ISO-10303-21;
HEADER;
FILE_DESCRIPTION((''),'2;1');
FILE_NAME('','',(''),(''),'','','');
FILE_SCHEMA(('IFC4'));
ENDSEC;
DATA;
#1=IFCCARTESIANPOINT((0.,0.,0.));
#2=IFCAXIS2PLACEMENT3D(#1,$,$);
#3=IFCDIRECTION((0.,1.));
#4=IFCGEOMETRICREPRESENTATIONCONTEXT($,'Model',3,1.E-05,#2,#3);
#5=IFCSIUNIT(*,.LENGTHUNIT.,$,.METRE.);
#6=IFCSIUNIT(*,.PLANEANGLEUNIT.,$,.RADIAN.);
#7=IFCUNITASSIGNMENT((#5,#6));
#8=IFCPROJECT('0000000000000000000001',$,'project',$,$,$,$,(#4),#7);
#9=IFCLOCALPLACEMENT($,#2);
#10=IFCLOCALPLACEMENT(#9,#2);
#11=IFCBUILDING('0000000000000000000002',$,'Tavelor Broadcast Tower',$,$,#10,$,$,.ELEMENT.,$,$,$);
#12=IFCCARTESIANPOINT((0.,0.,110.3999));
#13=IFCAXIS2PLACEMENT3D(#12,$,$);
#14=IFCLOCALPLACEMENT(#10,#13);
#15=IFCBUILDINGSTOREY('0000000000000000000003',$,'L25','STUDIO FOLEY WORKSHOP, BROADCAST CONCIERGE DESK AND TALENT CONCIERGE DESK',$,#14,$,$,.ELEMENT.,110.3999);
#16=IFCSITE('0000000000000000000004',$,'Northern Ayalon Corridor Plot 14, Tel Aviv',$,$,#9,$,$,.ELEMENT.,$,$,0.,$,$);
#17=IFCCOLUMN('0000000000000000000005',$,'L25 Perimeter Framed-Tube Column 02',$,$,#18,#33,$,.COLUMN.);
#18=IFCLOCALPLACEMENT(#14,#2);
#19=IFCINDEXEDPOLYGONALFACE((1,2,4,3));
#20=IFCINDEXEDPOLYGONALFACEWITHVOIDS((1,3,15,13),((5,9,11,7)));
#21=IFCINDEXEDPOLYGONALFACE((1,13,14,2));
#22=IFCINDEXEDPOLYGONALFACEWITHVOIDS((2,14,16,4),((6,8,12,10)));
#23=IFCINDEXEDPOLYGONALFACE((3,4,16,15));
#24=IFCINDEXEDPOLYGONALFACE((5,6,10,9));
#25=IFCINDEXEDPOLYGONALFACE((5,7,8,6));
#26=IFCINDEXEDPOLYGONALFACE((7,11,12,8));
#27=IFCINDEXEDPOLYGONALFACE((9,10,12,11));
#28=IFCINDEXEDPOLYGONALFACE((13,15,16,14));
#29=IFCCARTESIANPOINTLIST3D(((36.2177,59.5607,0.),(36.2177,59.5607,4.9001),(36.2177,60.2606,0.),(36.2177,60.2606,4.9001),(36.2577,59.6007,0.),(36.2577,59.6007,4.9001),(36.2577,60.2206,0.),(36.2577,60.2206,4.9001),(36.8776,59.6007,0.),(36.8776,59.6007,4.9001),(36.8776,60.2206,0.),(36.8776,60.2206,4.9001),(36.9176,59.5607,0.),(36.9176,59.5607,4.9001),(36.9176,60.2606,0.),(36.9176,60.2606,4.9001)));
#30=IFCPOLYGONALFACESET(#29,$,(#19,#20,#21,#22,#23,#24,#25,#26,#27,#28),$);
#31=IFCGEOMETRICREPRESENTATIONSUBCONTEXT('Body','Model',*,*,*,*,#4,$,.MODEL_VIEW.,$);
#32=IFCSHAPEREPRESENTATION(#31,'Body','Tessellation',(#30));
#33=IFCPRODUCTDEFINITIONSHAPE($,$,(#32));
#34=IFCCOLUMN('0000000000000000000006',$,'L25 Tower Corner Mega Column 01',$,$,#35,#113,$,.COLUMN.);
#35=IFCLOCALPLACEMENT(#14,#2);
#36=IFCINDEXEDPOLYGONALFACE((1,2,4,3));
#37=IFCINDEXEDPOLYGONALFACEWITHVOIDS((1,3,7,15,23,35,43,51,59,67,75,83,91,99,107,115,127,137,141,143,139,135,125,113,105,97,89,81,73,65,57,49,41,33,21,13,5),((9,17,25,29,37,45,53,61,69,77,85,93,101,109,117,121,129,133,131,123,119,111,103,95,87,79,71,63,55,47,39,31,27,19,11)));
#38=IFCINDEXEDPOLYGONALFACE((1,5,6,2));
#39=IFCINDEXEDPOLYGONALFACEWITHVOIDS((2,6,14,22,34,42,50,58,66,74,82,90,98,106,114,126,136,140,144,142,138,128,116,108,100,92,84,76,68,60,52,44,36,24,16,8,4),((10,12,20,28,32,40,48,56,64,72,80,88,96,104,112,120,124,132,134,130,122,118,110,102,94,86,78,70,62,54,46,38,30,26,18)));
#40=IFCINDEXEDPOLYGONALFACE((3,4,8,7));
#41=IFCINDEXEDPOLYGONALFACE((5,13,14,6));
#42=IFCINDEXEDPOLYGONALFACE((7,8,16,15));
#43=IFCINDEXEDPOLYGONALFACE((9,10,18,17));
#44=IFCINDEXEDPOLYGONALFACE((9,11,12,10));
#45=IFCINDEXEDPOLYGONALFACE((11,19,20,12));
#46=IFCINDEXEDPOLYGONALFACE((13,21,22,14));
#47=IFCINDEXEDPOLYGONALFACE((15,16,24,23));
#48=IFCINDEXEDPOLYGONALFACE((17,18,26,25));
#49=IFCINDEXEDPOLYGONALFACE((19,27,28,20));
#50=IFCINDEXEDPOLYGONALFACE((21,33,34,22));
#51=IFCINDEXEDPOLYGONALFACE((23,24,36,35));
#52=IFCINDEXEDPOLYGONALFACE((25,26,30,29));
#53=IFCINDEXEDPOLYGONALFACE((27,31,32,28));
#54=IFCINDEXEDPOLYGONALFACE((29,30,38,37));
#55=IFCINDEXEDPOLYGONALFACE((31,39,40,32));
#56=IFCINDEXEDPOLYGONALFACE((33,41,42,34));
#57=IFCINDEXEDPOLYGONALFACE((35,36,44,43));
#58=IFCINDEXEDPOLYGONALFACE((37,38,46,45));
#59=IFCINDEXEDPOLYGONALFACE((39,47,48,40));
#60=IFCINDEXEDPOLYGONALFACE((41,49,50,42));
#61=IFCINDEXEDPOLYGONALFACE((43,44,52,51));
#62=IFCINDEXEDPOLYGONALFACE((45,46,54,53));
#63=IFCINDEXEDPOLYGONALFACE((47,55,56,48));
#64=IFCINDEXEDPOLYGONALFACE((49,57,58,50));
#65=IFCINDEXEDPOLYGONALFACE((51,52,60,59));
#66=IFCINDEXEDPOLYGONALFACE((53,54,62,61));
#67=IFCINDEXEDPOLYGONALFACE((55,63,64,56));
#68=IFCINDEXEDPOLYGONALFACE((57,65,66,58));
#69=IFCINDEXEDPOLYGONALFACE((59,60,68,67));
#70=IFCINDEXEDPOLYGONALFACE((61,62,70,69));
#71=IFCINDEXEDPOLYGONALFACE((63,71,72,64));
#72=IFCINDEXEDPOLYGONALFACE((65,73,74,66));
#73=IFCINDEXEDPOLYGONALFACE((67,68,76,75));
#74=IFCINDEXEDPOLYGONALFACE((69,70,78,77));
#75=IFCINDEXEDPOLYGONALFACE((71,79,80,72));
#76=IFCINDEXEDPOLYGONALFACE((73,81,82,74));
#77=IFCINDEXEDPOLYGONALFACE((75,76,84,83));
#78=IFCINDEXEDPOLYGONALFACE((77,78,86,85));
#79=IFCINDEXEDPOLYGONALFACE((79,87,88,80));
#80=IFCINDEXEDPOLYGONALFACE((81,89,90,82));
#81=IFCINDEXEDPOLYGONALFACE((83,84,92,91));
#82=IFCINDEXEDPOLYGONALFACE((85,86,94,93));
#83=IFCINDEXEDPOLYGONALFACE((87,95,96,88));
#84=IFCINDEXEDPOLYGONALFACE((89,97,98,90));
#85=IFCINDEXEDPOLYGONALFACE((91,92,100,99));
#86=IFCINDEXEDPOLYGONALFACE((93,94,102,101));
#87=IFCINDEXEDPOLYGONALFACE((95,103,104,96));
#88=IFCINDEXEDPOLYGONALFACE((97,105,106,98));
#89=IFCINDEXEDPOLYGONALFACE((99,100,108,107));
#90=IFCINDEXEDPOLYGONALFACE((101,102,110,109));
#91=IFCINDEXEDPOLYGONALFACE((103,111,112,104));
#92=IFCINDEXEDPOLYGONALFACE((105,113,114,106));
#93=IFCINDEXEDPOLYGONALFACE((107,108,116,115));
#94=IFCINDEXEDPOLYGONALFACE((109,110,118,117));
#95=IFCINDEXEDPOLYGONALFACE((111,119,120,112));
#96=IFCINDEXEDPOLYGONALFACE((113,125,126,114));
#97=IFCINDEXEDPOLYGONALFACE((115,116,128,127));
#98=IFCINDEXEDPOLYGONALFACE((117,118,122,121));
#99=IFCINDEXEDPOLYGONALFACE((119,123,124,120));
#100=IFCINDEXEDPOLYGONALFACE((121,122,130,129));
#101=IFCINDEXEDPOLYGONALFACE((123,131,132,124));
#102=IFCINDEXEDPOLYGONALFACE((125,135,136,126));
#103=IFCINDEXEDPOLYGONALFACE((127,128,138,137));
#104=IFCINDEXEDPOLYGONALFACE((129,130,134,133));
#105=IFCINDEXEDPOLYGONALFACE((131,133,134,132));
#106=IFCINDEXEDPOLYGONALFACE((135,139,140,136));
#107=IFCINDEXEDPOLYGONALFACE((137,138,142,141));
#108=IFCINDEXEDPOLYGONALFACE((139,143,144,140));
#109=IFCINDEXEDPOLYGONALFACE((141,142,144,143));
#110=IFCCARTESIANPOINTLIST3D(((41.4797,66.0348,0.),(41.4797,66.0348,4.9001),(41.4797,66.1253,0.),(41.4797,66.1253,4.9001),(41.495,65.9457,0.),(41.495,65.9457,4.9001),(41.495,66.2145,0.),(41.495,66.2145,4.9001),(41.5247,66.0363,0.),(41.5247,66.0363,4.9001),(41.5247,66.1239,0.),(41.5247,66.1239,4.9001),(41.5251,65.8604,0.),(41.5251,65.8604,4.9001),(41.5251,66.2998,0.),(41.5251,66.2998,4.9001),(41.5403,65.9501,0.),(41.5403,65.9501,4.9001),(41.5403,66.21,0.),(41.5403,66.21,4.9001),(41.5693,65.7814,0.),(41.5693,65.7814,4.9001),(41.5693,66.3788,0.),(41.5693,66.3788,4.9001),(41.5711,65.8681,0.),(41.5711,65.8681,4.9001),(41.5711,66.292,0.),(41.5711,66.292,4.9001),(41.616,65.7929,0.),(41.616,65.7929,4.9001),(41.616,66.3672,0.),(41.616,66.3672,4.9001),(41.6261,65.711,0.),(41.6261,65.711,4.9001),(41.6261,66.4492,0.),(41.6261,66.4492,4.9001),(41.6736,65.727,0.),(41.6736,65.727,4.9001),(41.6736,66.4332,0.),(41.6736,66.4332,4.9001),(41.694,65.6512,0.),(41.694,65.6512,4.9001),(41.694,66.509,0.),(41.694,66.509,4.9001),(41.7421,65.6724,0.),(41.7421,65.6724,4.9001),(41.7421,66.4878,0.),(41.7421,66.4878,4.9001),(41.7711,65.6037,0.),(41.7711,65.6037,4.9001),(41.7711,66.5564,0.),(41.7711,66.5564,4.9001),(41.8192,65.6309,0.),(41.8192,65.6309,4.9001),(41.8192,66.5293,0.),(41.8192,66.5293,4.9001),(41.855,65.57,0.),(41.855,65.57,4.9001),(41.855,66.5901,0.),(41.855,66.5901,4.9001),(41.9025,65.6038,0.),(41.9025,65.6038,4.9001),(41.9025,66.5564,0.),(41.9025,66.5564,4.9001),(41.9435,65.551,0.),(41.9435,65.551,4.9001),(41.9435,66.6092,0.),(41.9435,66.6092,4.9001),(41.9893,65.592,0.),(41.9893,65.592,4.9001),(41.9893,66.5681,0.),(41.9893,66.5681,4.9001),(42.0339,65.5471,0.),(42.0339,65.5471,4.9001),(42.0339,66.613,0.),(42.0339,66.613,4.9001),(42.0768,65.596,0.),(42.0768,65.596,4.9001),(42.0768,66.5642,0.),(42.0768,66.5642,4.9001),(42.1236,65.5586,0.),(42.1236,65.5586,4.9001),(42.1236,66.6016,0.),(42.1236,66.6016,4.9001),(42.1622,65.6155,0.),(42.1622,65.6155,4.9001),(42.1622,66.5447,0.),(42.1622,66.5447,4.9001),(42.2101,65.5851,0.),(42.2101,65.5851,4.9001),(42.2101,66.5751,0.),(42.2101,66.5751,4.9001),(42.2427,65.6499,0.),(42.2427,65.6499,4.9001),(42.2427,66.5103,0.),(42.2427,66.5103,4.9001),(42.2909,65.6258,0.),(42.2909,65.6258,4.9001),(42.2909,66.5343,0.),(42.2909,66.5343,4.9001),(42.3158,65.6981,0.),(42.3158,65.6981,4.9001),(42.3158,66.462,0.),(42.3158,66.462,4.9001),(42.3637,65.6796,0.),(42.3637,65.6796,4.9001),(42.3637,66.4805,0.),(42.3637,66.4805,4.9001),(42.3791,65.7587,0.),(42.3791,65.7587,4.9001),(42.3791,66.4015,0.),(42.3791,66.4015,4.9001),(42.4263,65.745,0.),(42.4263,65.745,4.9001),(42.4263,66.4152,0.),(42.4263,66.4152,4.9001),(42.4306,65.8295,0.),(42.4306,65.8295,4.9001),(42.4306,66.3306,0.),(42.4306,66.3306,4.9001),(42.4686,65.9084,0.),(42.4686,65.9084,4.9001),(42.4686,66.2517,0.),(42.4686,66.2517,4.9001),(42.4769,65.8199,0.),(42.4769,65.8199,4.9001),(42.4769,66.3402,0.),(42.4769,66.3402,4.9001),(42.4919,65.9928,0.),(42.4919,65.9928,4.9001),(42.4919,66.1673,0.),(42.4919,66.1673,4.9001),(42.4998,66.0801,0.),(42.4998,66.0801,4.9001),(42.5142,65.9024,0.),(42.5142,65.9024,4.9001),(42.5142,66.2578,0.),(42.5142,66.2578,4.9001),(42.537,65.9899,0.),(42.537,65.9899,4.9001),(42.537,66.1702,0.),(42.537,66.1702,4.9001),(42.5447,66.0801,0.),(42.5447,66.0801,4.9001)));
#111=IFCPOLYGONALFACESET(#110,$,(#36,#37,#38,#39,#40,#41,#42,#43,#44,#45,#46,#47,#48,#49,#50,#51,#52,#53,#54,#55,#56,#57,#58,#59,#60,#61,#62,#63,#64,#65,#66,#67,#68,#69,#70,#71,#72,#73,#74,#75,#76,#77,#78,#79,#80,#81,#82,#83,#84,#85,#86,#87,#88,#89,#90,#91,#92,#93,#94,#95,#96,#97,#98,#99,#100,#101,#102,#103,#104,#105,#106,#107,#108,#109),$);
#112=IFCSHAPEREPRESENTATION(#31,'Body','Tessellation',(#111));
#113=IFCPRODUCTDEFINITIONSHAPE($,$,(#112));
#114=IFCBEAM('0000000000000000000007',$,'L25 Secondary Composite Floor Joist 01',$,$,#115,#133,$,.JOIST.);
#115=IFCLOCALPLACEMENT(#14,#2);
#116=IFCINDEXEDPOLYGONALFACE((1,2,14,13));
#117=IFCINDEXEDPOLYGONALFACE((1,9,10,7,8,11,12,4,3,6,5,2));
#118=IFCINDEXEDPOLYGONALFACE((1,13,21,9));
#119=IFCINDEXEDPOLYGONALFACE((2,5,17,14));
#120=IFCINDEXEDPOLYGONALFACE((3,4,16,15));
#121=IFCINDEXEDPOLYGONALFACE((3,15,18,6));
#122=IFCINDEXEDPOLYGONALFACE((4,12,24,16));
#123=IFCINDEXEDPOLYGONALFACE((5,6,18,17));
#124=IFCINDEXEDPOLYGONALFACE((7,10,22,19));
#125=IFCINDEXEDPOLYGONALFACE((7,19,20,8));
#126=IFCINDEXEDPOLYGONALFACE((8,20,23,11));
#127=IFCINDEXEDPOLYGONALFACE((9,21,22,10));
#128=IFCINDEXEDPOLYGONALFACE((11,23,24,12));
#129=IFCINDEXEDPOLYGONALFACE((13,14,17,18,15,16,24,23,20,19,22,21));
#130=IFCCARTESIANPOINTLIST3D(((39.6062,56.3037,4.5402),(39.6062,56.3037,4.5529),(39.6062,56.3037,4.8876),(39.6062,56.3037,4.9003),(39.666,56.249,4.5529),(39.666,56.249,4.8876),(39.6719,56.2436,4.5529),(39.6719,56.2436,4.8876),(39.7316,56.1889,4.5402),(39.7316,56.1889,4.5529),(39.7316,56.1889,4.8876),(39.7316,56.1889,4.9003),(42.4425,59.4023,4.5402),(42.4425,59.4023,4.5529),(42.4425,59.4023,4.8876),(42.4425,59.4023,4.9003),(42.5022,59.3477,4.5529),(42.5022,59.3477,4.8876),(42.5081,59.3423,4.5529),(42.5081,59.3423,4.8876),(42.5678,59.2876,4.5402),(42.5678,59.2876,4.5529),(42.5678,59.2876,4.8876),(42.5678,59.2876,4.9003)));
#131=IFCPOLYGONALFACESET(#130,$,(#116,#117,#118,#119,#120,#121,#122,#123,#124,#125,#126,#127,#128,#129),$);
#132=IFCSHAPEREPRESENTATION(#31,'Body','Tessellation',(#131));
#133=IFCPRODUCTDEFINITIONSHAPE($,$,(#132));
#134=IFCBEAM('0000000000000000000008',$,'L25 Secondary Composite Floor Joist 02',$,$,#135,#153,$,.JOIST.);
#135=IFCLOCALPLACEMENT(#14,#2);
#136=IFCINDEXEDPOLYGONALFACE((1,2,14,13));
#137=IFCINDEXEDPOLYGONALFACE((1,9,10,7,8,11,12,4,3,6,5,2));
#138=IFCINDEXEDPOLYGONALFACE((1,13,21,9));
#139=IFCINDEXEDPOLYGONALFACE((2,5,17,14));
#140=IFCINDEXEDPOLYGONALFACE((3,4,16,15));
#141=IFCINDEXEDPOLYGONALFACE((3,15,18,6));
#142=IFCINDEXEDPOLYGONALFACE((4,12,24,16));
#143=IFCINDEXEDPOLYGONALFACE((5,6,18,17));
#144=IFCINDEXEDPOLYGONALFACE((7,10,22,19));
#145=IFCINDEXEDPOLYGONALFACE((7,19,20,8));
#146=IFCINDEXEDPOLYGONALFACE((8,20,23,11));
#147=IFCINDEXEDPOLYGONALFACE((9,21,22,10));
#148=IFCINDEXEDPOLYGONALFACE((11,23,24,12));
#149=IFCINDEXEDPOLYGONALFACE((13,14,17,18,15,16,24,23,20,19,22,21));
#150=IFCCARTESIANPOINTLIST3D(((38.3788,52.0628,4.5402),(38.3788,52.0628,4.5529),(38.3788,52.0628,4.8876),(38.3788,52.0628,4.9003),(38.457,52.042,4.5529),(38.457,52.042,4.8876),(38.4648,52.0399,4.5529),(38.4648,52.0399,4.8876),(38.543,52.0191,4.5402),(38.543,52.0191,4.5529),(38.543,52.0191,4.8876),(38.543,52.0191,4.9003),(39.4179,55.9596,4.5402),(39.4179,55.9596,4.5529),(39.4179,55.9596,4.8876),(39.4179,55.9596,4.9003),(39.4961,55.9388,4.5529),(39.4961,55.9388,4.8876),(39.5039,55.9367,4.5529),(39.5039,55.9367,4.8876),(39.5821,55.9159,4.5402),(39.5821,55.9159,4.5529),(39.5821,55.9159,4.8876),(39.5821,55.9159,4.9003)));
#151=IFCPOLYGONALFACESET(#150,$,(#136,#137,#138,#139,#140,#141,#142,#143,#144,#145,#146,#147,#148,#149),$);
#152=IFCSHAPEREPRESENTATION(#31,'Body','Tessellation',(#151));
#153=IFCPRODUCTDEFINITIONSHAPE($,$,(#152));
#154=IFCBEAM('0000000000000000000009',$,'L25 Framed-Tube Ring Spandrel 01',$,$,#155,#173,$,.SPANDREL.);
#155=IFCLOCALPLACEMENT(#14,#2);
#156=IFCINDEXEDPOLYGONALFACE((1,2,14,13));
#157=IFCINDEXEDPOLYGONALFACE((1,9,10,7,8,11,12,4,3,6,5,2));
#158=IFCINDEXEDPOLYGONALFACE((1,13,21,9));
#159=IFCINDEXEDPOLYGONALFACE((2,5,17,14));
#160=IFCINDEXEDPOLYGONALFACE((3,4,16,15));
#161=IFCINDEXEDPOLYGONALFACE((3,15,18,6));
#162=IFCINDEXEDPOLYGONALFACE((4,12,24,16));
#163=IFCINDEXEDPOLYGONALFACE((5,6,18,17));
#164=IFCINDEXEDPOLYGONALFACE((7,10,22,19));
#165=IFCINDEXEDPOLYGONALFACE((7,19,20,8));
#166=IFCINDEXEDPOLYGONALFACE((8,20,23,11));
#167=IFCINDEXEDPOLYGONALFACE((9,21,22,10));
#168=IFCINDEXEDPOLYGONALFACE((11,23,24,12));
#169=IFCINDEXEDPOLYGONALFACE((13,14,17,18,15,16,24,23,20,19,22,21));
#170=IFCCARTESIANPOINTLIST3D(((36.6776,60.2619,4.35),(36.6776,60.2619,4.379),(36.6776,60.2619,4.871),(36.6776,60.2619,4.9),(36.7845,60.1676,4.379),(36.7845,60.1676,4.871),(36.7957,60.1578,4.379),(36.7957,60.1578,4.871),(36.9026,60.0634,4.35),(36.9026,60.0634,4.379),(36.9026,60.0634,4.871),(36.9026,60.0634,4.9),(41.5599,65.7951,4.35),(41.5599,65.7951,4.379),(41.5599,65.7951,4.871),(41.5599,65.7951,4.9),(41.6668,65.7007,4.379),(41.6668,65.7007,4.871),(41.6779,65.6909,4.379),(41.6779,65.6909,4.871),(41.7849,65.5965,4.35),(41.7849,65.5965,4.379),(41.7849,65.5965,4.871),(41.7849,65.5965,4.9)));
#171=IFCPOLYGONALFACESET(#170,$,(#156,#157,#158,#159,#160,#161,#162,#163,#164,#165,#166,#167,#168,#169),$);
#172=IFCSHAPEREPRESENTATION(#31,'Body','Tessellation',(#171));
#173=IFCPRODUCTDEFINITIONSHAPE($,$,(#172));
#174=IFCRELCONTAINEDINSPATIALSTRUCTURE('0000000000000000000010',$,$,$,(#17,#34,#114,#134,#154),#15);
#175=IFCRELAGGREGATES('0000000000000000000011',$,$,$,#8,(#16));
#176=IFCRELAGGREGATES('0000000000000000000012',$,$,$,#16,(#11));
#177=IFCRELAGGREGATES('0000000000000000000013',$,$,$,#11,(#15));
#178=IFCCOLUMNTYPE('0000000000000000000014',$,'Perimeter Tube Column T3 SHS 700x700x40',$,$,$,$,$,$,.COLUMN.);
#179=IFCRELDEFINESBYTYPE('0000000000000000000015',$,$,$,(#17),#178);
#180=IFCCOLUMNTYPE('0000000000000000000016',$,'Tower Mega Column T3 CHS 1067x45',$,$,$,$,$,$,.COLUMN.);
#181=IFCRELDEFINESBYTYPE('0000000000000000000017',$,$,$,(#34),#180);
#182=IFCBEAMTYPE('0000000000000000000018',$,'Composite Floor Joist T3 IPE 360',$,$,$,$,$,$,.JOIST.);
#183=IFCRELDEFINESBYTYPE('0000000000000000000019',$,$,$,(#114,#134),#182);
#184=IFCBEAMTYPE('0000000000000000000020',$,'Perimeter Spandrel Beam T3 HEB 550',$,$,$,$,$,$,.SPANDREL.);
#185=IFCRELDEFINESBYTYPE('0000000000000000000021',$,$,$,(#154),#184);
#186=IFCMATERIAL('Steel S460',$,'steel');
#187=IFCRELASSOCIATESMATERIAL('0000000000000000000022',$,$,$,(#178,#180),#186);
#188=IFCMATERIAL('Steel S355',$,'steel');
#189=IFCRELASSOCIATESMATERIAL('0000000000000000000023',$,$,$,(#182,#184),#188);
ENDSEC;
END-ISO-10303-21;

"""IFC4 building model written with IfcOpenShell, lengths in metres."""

from ifc_helpers import new_model, si_unit, direction, frame, origin, origin_2d, place, context, subcontext, project, spatial, hollow_rectangle, hollow_circle, i_section, extrude, material, material_profile, profile_set, type_object, element, save


model = new_model("IFC4")

# Units and contexts
model_context = context("Model", 3, precision=1e-05, world=origin(), true_north=direction((0.0, 1.0)))
body_context = subcontext(model_context, "Body", "Model", "MODEL_VIEW")
ifc_project = project(units=[si_unit("LENGTHUNIT", "METRE"), si_unit("PLANEANGLEUNIT", "RADIAN")], contexts=[model_context])

# Site, building, storey
site_placement = place(None, origin())
site = spatial("IfcSite", under=ifc_project, at=site_placement, Name="Northern Ayalon Corridor Plot 14, Tel Aviv", CompositionType="ELEMENT", RefElevation=0.0)
building_placement = place(site_placement, origin())
building = spatial("IfcBuilding", under=site, at=building_placement, Name="Tavelor Broadcast Tower", CompositionType="ELEMENT")
storey_placement = place(building_placement, frame((0.0, 0.0, 110.3999)))
storey = spatial("IfcBuildingStorey", under=building, at=storey_placement, Name="L25", Description="STUDIO FOLEY WORKSHOP, BROADCAST CONCIERGE DESK AND TALENT CONCIERGE DESK", CompositionType="ELEMENT", Elevation=110.3999)

# Columns
ifc_material_1 = material(Name="Steel S460", Category="steel")
ifc_material_profile_1 = material_profile(ifc_material_1, hollow_rectangle(XDim=0.7, YDim=0.7, WallThickness=0.04, at=origin_2d()), Name="SHS 700x700x40")
ifc_profile_set_1 = profile_set([ifc_material_profile_1], Name="Steel S460")
column_type_1 = type_object("IfcColumnType", Name="Perimeter Tube Column T3 SHS 700x700x40", PredefinedType="COLUMN", material=ifc_profile_set_1)
column_1_placement = place(storey_placement, frame((36.5676, 59.9106, 0.0), z_axis=(0.0, 0.0, 1.0), x_axis=(1.0, 0.0, 0.0)))
element("IfcColumn", 1, at=column_1_placement, inside=storey, type_object=column_type_1, Name="L25 Perimeter Framed-Tube Column 02", PredefinedType="COLUMN", context=body_context, shape_type="SweptSolid", body=[
    extrude(hollow_rectangle(XDim=0.7, YDim=0.7, WallThickness=0.04, at=origin_2d()), origin(), (0.0, 0.0, 1.0), 4.9001),
])
ifc_material_profile_2 = material_profile(ifc_material_1, hollow_circle(Radius=0.5334, WallThickness=0.0449, at=origin_2d()), Name="CHS 1067x45")
ifc_profile_set_2 = profile_set([ifc_material_profile_2], Name="Steel S460")
column_type_2 = type_object("IfcColumnType", Name="Tower Mega Column T3 CHS 1067x45", PredefinedType="COLUMN", material=ifc_profile_set_2)
column_2_placement = place(storey_placement, frame((42.0112, 66.0801, 0.0), z_axis=(0.0, 0.0, 1.0), x_axis=(1.0, 0.0, 0.0)))
element("IfcColumn", 2, at=column_2_placement, inside=storey, type_object=column_type_2, Name="L25 Tower Corner Mega Column 01", PredefinedType="COLUMN", context=body_context, shape_type="SweptSolid", body=[
    extrude(hollow_circle(Radius=0.5334, WallThickness=0.0449, at=origin_2d()), origin(), (0.0, 0.0, 1.0), 4.9001),
])

# Beams
ifc_material_2 = material(Name="Steel S355", Category="steel")
ifc_material_profile_3 = material_profile(ifc_material_2, i_section(OverallWidth=0.1699, OverallDepth=0.3601, WebThickness=0.0081, FlangeThickness=0.0127, at=origin_2d()), Name="IPE 360")
ifc_profile_set_3 = profile_set([ifc_material_profile_3], Name="Steel S355")
beam_type_1 = type_object("IfcBeamType", Name="Composite Floor Joist T3 IPE 360", PredefinedType="JOIST", material=ifc_profile_set_3)
beam_1_placement = place(storey_placement, frame((42.5051, 59.345, 4.7202), z_axis=(-0.675177, -0.737656, 0.0), x_axis=(0.737656, -0.675177, 0.0)))
element("IfcBeam", 3, at=beam_1_placement, inside=storey, type_object=beam_type_1, Name="L25 Secondary Composite Floor Joist 01", PredefinedType="JOIST", context=body_context, shape_type="SweptSolid", body=[
    extrude(i_section(OverallWidth=0.1699, OverallDepth=0.3601, WebThickness=0.0081, FlangeThickness=0.0127, at=origin_2d()), origin(), (0.0, 0.0, 1.0), 4.2007),
])
beam_2_placement = place(storey_placement, frame((39.5, 55.9377, 4.7202), z_axis=(-0.257648, -0.966239, 0.0), x_axis=(0.966239, -0.257648, 0.0)))
element("IfcBeam", 4, at=beam_2_placement, inside=storey, type_object=beam_type_1, Name="L25 Secondary Composite Floor Joist 02", PredefinedType="JOIST", context=body_context, shape_type="SweptSolid", body=[
    extrude(i_section(OverallWidth=0.1699, OverallDepth=0.3601, WebThickness=0.0081, FlangeThickness=0.0127, at=origin_2d()), origin(), (0.0, 0.0, 1.0), 4.033),
])
ifc_material_profile_4 = material_profile(ifc_material_2, i_section(OverallWidth=0.3, OverallDepth=0.55, WebThickness=0.0149, FlangeThickness=0.0291, at=origin_2d()), Name="HEB 550")
ifc_profile_set_4 = profile_set([ifc_material_profile_4], Name="Steel S355")
beam_type_2 = type_object("IfcBeamType", Name="Perimeter Spandrel Beam T3 HEB 550", PredefinedType="SPANDREL", material=ifc_profile_set_4)
beam_3_placement = place(storey_placement, frame((41.6724, 65.6958, 4.625), z_axis=(-0.661628, -0.749832, 0.0), x_axis=(0.749832, -0.661628, 0.0)))
element("IfcBeam", 5, at=beam_3_placement, inside=storey, type_object=beam_type_2, Name="L25 Framed-Tube Ring Spandrel 01", PredefinedType="SPANDREL", context=body_context, shape_type="SweptSolid", body=[
    extrude(i_section(OverallWidth=0.3, OverallDepth=0.55, WebThickness=0.0149, FlangeThickness=0.0291, at=origin_2d()), origin(), (0.0, 0.0, 1.0), 7.3792),
])

save(model, "model.ifc")
